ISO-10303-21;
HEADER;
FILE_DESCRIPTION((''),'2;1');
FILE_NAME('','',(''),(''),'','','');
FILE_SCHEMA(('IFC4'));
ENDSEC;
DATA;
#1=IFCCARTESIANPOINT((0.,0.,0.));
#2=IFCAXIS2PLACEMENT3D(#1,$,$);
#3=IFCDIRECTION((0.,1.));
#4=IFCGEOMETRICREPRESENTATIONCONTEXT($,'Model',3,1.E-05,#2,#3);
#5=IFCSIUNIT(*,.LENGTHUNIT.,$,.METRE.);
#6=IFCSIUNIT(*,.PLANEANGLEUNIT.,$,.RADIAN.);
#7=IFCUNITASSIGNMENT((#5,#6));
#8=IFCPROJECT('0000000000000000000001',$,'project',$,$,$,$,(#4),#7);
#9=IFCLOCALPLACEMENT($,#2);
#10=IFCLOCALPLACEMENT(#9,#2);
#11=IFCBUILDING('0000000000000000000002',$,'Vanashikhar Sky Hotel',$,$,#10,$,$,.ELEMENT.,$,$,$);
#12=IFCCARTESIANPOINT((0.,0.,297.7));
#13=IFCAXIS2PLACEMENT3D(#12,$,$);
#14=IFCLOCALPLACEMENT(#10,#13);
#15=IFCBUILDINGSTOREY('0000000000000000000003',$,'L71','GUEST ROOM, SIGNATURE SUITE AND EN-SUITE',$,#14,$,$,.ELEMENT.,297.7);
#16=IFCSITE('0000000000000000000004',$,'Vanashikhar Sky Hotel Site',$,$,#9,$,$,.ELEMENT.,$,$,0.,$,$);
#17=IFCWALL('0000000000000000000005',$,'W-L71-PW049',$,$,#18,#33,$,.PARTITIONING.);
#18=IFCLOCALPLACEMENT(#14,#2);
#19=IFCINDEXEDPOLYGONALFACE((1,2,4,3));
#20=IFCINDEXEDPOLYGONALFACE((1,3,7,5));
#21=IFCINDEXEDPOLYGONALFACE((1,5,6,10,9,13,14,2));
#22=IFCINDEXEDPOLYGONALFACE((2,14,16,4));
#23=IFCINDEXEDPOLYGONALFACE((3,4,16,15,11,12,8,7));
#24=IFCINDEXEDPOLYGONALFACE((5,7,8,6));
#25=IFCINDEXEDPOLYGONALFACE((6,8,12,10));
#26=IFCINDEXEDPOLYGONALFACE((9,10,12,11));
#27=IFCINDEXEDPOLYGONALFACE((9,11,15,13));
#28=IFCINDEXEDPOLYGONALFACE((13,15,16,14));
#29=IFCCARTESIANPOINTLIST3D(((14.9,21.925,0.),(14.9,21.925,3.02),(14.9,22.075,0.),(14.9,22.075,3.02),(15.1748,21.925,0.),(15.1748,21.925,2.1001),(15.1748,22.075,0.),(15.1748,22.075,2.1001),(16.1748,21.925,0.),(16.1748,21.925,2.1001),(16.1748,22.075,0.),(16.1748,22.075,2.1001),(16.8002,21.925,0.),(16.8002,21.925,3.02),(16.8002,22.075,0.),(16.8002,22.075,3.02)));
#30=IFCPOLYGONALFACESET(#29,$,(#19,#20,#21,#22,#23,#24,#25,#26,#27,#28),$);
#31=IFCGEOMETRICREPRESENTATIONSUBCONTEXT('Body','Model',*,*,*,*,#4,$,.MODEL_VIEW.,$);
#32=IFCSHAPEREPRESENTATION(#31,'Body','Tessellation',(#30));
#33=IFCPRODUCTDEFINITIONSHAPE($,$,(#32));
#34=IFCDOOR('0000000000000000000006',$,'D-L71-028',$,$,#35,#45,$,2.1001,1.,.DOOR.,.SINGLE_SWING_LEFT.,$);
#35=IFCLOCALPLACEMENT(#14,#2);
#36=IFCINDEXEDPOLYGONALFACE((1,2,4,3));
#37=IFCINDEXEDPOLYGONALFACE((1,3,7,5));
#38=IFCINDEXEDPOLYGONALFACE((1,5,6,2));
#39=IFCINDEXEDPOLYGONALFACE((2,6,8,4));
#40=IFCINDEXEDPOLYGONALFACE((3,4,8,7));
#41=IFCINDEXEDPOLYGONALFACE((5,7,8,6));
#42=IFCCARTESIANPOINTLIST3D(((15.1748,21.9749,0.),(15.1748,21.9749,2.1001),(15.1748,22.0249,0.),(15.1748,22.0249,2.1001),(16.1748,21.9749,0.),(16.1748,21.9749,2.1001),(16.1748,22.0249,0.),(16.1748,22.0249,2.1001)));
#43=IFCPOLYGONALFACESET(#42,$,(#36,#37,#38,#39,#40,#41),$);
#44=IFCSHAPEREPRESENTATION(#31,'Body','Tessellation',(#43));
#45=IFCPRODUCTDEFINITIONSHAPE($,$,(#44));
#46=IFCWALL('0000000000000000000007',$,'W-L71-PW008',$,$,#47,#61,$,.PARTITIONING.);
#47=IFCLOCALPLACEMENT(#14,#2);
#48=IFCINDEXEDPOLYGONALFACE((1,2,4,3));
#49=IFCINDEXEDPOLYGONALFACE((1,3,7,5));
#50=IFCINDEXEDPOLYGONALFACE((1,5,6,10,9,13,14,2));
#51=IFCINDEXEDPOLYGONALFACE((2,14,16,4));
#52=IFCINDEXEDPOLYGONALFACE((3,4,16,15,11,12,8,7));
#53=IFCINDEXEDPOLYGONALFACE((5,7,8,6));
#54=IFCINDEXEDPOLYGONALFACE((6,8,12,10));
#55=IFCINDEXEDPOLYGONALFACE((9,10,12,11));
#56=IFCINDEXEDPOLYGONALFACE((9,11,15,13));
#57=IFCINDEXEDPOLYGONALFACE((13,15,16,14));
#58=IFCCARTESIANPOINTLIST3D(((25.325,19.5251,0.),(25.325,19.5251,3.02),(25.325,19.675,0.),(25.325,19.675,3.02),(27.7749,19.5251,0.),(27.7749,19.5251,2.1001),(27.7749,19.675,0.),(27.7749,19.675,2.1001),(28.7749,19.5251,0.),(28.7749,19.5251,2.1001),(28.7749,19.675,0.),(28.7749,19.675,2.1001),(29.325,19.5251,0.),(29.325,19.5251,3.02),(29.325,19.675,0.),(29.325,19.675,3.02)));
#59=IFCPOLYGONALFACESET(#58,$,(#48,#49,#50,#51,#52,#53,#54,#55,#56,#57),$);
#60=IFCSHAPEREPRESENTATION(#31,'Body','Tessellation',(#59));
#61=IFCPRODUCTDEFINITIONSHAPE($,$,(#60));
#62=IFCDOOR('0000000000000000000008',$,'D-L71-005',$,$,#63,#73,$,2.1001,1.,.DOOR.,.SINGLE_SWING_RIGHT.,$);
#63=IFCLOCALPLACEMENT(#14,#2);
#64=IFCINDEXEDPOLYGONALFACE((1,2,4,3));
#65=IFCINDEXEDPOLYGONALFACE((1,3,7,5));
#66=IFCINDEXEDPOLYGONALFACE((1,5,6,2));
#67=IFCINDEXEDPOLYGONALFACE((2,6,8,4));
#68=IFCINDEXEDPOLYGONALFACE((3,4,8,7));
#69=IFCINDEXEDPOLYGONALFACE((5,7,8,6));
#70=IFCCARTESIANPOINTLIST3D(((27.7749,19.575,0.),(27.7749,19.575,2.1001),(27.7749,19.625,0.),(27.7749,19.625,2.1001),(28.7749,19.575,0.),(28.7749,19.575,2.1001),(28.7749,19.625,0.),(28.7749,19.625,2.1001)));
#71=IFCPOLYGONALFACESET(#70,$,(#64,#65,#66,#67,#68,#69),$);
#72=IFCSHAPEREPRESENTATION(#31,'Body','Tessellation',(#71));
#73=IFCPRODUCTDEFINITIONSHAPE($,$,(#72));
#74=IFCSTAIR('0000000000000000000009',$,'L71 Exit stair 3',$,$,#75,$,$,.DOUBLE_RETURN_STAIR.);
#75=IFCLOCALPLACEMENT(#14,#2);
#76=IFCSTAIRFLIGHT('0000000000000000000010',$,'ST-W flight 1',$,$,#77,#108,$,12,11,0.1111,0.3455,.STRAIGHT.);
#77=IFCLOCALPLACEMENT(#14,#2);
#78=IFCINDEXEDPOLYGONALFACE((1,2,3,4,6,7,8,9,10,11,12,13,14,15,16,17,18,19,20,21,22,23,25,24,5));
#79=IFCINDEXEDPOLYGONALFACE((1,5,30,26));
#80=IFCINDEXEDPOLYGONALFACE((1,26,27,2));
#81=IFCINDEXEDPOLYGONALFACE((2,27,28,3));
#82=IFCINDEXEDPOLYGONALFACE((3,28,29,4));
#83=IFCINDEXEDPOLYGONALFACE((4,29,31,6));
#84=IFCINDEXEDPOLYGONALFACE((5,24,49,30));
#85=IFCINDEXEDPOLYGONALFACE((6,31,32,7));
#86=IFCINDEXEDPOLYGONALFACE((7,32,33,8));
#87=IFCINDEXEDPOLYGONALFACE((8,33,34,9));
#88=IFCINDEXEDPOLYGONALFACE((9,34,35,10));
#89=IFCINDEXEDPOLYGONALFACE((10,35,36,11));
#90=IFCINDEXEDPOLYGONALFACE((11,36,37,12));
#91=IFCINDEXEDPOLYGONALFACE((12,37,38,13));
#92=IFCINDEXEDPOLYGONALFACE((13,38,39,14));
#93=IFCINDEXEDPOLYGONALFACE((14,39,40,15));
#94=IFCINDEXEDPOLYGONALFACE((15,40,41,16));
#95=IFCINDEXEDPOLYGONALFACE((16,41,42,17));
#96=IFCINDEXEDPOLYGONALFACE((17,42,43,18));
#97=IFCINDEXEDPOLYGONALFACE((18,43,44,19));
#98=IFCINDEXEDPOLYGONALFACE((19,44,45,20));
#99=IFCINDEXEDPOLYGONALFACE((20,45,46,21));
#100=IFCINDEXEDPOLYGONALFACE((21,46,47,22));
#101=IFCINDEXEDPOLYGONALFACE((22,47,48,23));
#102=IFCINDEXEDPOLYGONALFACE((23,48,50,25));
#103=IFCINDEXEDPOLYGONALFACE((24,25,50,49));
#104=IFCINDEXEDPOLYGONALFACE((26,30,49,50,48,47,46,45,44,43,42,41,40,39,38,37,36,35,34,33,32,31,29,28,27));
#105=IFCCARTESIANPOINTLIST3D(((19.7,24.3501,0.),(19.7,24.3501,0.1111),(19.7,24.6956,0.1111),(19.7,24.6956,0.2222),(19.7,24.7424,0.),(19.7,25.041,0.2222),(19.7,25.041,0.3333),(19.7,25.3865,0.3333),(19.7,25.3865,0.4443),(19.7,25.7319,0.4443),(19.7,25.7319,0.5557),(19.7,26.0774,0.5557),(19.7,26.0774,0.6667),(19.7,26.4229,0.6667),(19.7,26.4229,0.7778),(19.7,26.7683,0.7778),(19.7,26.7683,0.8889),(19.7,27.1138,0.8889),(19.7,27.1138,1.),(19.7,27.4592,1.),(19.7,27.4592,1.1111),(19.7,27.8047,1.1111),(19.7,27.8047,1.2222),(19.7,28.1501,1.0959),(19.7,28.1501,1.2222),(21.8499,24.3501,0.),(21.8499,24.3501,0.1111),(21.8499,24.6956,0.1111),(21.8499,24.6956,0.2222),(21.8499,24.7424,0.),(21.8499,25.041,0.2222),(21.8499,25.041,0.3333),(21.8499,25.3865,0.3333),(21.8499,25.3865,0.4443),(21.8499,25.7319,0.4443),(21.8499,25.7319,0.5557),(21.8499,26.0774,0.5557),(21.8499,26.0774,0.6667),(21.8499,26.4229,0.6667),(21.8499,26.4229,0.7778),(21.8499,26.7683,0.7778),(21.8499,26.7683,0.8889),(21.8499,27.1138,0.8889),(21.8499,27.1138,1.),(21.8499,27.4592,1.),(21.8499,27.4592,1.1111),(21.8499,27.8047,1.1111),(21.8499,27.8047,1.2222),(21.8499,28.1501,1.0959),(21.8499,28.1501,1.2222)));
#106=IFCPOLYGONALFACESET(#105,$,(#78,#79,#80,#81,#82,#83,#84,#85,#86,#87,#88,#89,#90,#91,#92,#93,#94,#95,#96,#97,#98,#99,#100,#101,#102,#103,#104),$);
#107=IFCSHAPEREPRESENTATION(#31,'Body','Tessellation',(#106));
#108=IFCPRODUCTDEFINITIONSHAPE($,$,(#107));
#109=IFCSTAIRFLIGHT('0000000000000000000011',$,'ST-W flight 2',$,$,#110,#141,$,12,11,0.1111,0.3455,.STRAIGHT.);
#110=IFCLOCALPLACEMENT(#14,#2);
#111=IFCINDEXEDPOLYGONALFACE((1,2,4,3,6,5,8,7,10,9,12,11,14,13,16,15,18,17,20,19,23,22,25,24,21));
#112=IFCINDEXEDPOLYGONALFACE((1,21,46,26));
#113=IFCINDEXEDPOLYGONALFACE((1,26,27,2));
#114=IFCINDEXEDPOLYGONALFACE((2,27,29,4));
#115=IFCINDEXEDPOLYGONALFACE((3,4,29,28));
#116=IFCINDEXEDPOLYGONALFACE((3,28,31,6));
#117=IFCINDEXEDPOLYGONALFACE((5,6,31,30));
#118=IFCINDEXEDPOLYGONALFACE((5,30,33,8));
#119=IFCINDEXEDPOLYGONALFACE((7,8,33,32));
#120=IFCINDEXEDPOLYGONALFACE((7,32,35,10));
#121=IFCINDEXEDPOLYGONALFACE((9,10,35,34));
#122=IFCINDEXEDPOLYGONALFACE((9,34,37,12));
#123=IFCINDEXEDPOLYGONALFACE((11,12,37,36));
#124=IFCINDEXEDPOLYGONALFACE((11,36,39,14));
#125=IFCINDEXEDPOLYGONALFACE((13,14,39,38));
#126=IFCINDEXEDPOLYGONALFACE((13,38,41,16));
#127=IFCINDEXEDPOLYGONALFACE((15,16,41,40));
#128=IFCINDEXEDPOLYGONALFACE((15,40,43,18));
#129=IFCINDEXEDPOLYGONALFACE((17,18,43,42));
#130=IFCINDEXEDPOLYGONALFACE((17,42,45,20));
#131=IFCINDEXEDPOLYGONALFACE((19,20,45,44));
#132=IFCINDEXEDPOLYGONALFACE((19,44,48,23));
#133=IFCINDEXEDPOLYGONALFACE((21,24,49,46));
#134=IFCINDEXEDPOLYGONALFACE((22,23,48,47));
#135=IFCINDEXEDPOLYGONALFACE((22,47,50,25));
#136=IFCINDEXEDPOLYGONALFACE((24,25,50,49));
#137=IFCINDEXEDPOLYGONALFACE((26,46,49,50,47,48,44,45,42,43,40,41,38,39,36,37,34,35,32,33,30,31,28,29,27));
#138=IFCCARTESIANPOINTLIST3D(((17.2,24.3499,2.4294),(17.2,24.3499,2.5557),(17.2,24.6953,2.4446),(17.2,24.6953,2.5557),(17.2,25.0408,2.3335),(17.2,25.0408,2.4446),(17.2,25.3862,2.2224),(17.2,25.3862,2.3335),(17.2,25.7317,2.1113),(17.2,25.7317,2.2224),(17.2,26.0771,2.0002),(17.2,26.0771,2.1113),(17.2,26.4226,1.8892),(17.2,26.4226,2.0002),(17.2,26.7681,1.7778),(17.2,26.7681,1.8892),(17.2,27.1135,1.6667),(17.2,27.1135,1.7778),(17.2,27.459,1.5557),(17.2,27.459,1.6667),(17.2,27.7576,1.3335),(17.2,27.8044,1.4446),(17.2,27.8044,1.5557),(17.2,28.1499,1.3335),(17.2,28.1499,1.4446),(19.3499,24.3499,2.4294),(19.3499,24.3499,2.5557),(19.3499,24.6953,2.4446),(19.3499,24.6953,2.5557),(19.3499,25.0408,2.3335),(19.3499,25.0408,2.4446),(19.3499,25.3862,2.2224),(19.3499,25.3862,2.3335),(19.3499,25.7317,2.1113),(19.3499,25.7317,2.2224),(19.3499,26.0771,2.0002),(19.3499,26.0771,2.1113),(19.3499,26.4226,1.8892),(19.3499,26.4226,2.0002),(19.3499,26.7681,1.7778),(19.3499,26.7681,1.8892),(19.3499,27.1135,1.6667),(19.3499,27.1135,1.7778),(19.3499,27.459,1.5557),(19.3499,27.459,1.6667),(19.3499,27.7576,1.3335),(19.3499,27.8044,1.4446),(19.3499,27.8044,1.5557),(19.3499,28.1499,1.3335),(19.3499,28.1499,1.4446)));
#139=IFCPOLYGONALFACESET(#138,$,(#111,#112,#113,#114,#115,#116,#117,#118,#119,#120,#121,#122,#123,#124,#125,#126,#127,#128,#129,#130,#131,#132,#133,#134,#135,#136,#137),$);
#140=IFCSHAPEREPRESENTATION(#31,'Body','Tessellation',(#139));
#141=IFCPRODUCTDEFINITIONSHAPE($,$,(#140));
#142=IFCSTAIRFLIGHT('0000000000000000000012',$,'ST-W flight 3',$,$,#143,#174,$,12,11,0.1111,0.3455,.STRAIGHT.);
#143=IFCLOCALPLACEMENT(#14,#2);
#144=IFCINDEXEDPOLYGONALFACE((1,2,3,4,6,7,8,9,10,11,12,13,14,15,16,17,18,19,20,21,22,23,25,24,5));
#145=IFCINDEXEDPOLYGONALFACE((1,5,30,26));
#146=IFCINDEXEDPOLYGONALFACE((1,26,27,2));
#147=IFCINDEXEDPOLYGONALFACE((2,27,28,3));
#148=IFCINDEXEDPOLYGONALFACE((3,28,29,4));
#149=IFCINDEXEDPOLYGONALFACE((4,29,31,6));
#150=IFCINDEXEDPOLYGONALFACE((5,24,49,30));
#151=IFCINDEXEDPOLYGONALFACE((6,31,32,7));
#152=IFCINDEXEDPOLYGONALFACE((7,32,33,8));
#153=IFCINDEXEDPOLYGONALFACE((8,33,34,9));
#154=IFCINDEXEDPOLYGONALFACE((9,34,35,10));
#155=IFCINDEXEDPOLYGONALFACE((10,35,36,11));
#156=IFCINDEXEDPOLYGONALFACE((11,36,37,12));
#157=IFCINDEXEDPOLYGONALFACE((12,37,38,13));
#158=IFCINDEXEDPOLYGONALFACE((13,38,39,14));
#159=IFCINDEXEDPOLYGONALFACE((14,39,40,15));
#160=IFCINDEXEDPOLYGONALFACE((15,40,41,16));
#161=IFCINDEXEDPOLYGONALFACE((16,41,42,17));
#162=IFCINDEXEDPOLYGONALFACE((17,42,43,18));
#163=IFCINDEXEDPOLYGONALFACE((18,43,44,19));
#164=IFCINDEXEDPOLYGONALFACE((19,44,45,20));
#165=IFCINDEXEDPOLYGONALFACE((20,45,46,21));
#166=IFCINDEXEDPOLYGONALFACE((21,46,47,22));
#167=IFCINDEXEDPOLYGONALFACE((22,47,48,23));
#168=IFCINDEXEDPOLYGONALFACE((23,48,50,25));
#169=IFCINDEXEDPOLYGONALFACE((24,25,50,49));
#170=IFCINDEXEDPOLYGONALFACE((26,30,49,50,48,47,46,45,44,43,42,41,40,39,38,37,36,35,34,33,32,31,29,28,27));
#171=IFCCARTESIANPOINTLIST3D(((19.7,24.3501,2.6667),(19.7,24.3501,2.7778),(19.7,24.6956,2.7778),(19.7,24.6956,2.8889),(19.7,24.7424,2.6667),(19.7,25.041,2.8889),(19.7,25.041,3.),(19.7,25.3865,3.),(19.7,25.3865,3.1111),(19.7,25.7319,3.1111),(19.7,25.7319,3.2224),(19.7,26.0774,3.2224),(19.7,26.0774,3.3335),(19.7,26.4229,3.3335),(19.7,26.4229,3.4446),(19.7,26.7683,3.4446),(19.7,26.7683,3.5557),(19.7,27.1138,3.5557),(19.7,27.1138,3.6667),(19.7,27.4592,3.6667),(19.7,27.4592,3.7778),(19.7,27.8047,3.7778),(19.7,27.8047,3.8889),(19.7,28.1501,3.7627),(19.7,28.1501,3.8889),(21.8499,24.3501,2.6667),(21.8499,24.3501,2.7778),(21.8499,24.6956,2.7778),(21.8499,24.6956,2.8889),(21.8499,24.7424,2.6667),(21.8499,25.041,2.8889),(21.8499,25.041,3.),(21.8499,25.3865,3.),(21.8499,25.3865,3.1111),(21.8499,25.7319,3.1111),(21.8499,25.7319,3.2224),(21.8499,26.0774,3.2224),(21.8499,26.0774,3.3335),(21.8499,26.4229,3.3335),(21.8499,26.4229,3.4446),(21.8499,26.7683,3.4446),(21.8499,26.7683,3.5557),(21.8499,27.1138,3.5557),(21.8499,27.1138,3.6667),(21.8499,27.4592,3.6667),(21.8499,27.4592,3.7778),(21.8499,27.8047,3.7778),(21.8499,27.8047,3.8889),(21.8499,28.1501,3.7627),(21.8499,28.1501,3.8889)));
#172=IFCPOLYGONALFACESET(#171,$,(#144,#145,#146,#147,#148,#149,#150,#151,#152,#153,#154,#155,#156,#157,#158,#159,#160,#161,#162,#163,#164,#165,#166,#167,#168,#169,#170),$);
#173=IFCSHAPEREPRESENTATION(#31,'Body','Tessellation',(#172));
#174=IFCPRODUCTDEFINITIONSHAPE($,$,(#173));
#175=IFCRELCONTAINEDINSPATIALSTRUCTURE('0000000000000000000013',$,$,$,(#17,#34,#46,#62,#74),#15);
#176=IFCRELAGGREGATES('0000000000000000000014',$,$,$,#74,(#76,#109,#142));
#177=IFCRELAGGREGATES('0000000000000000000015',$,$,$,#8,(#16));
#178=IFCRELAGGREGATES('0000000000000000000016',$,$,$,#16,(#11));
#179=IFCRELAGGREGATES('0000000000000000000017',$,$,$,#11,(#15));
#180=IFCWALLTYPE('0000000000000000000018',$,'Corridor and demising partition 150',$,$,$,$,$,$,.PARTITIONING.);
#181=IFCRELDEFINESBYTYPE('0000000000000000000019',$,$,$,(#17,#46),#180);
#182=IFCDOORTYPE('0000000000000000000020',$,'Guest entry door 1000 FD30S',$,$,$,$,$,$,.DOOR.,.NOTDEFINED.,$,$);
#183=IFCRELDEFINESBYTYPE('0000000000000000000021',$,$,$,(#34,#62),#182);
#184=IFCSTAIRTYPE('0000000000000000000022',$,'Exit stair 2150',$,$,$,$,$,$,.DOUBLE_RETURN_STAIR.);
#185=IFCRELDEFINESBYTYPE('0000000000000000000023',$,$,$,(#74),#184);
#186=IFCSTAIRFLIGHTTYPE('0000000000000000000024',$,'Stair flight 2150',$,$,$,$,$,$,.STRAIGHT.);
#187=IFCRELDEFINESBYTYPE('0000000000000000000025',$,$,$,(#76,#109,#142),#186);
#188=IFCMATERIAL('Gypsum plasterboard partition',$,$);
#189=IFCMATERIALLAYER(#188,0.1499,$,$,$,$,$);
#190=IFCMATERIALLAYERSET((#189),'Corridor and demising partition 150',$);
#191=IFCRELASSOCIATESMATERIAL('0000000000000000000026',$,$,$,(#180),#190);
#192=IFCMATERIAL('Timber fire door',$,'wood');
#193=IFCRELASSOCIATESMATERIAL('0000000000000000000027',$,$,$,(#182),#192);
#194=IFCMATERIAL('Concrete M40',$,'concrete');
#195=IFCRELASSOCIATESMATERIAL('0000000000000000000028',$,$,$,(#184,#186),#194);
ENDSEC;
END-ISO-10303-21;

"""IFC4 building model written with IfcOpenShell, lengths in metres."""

from ifc_helpers import new_model, si_unit, direction, frame, frame_2d, origin, place, context, subcontext, project, spatial, polyline, rectangle, outline, extrude, source, transform, mapped, material, layer, layer_set, type_object, element, fill, aggregate, save


model = new_model("IFC4")

# Units and contexts
model_context = context("Model", 3, precision=1e-05, world=origin(), true_north=direction((0.0, 1.0)))
body_context = subcontext(model_context, "Body", "Model", "MODEL_VIEW")
ifc_project = project(units=[si_unit("LENGTHUNIT", "METRE"), si_unit("PLANEANGLEUNIT", "RADIAN")], contexts=[model_context])

# Site, building, storey
site_placement = place(None, origin())
site = spatial("IfcSite", under=ifc_project, at=site_placement, Name="Vanashikhar Sky Hotel Site", CompositionType="ELEMENT", RefElevation=0.0)
building_placement = place(site_placement, origin())
building = spatial("IfcBuilding", under=site, at=building_placement, Name="Vanashikhar Sky Hotel", CompositionType="ELEMENT")
storey_placement = place(building_placement, frame((0.0, 0.0, 297.7)))
storey = spatial("IfcBuildingStorey", under=building, at=storey_placement, Name="L71", Description="GUEST ROOM, SIGNATURE SUITE AND EN-SUITE", CompositionType="ELEMENT", Elevation=297.7)

# Walls, openings, doors
ifc_material_1 = material(Name="Gypsum plasterboard partition")
ifc_layer_1 = layer(ifc_material_1, 0.1499)
ifc_layer_set_1 = layer_set([ifc_layer_1], Name="Corridor and demising partition 150")
wall_type_1 = type_object("IfcWallType", Name="Corridor and demising partition 150", PredefinedType="PARTITIONING", material=ifc_layer_set_1)
shared_shape_1 = source(origin(), body_context, "Body", "SweptSolid", [
    extrude(rectangle(XDim=1.0, YDim=2.1001, at=frame_2d((0.5, 1.05))), frame((0.0, 0.085, 0.0), z_axis=(0.0, -1.0, 0.0), x_axis=(1.0, 0.0, 0.0)), (0.0, 0.0, 1.0), 0.1699),
])
ifc_material_2 = material(Name="Timber fire door", Category="wood")
door_type_1 = type_object("IfcDoorType", Name="Guest entry door 1000 FD30S", OperationType="NOTDEFINED", PredefinedType="DOOR", material=ifc_material_2)
shared_shape_2 = source(origin(), body_context, "Body", "SweptSolid", [
    extrude(rectangle(XDim=1.0, YDim=2.1001, at=frame_2d((0.5, 1.05))), frame((0.0, 0.0249, 0.0), z_axis=(0.0, -1.0, 0.0), x_axis=(1.0, 0.0, 0.0)), (0.0, 0.0, 1.0), 0.05),
])
shared_shape_3 = source(origin(), body_context, "Body", "SweptSolid", [
    extrude(rectangle(XDim=1.9001, YDim=0.1499, at=frame_2d((0.9502, 0.0))), origin(), (0.0, 0.0, 1.0), 3.02),
])
wall_1_placement = place(storey_placement, frame((14.8999, 22.0, 0.0), z_axis=(0.0, 0.0, 1.0), x_axis=(1.0, 0.0, 0.0)))
wall_1 = element("IfcWall", 1, at=wall_1_placement, inside=storey, type_object=wall_type_1, Name="W-L71-PW049", PredefinedType="PARTITIONING", context=body_context, shape_type="MappedRepresentation", body=[
    mapped(shared_shape_3, transform((0.0, 0.0, 0.0), scale=1.0)),
])
opening_1_placement = place(wall_1_placement, frame((0.2749, 0.0, 0.0)))
opening_1 = element("IfcOpeningElement", 2, at=opening_1_placement, cuts=wall_1, PredefinedType="OPENING", context=body_context, shape_type="MappedRepresentation", body=[
    mapped(shared_shape_1, transform((0.0, 0.0, 0.0), scale=1.0)),
])
door_1_placement = place(opening_1_placement, origin())
door_1 = element("IfcDoor", 3, at=door_1_placement, inside=storey, type_object=door_type_1, Name="D-L71-028", OperationType="SINGLE_SWING_LEFT", OverallHeight=2.1001, OverallWidth=1.0, PredefinedType="DOOR", context=body_context, shape_type="MappedRepresentation", body=[
    mapped(shared_shape_2, transform((0.0, 0.0, 0.0), scale=1.0)),
])
fill(opening_1, door_1)
shared_shape_4 = source(origin(), body_context, "Body", "SweptSolid", [
    extrude(rectangle(XDim=4.0, YDim=0.1499, at=frame_2d((2.0, 0.0))), origin(), (0.0, 0.0, 1.0), 3.02),
])
wall_2_placement = place(storey_placement, frame((25.325, 19.6001, 0.0), z_axis=(0.0, 0.0, 1.0), x_axis=(1.0, 0.0, 0.0)))
wall_2 = element("IfcWall", 4, at=wall_2_placement, inside=storey, type_object=wall_type_1, Name="W-L71-PW008", PredefinedType="PARTITIONING", context=body_context, shape_type="MappedRepresentation", body=[
    mapped(shared_shape_4, transform((0.0, 0.0, 0.0), scale=1.0)),
])
opening_2_placement = place(wall_2_placement, frame((2.45, 0.0, 0.0)))
opening_2 = element("IfcOpeningElement", 5, at=opening_2_placement, cuts=wall_2, PredefinedType="OPENING", context=body_context, shape_type="MappedRepresentation", body=[
    mapped(shared_shape_1, transform((0.0, 0.0, 0.0), scale=1.0)),
])
door_2_placement = place(opening_2_placement, origin())
door_2 = element("IfcDoor", 6, at=door_2_placement, inside=storey, type_object=door_type_1, Name="D-L71-005", OperationType="SINGLE_SWING_RIGHT", OverallHeight=2.1001, OverallWidth=1.0, PredefinedType="DOOR", context=body_context, shape_type="MappedRepresentation", body=[
    mapped(shared_shape_2, transform((0.0, 0.0, 0.0), scale=1.0)),
])
fill(opening_2, door_2)

# Stair, stair flights
ifc_material_3 = material(Name="Concrete M40", Category="concrete")
stair_type = type_object("IfcStairType", Name="Exit stair 2150", PredefinedType="DOUBLE_RETURN_STAIR", material=ifc_material_3)
stair_placement = place(storey_placement, origin())
stair = element("IfcStair", 7, at=stair_placement, inside=storey, type_object=stair_type, Name="L71 Exit stair 3", PredefinedType="DOUBLE_RETURN_STAIR")
stair_flight_type = type_object("IfcStairFlightType", Name="Stair flight 2150", PredefinedType="STRAIGHT", material=ifc_material_3)
shared_shape_5 = source(origin(), body_context, "Body", "SweptSolid", [
    extrude(outline(polyline([(0.0, 0.0), (0.0, 0.1111), (0.3455, 0.1111), (0.3455, 0.2222), (0.6909, 0.2222), (0.6909, 0.3333), (1.0364, 0.3333), (1.0364, 0.4443), (1.3818, 0.4443), (1.3818, 0.5557), (1.7273, 0.5557), (1.7273, 0.6667), (2.0728, 0.6667), (2.0728, 0.7778), (2.4182, 0.7778), (2.4182, 0.8889), (2.7637, 0.8889), (2.7637, 1.0), (3.1091, 1.0), (3.1091, 1.1111), (3.4546, 1.1111), (3.4546, 1.2222), (3.8, 1.2222), (3.8, 1.3333), (3.8, 1.0959), (0.3923, 0.0), (0.0, 0.0)])), frame((0.0, 1.075, 0.0), z_axis=(0.0, -1.0, 0.0), x_axis=(1.0, 0.0, 0.0)), (0.0, 0.0, 1.0), 2.1499),
])
stair_flight_1_placement = place(storey_placement, frame((20.7749, 24.3501, 0.0), z_axis=(0.0, 0.0, 1.0), x_axis=(0.0, 1.0, 0.0)))
stair_flight_1 = element("IfcStairFlight", 8, at=stair_flight_1_placement, type_object=stair_flight_type, Name="ST-W flight 1", NumberOfRisers=12, NumberOfTreads=11, PredefinedType="STRAIGHT", RiserHeight=0.1111, TreadLength=0.3455, context=body_context, shape_type="MappedRepresentation", body=[
    mapped(shared_shape_5, transform((0.0, 0.0, 0.0), scale=1.0)),
])
stair_flight_2_placement = place(storey_placement, frame((18.2749, 28.1499, 1.3335), z_axis=(0.0, 0.0, 1.0), x_axis=(0.0, -1.0, 0.0)))
stair_flight_2 = element("IfcStairFlight", 9, at=stair_flight_2_placement, type_object=stair_flight_type, Name="ST-W flight 2", NumberOfRisers=12, NumberOfTreads=11, PredefinedType="STRAIGHT", RiserHeight=0.1111, TreadLength=0.3455, context=body_context, shape_type="MappedRepresentation", body=[
    mapped(shared_shape_5, transform((0.0, 0.0, 0.0), scale=1.0)),
])
stair_flight_3_placement = place(storey_placement, frame((20.7749, 24.3501, 2.6667), z_axis=(0.0, 0.0, 1.0), x_axis=(0.0, 1.0, 0.0)))
stair_flight_3 = element("IfcStairFlight", 10, at=stair_flight_3_placement, type_object=stair_flight_type, Name="ST-W flight 3", NumberOfRisers=12, NumberOfTreads=11, PredefinedType="STRAIGHT", RiserHeight=0.1111, TreadLength=0.3455, context=body_context, shape_type="MappedRepresentation", body=[
    mapped(shared_shape_5, transform((0.0, 0.0, 0.0), scale=1.0)),
])
aggregate(stair, [stair_flight_1, stair_flight_2, stair_flight_3])

save(model, "model.ifc")
